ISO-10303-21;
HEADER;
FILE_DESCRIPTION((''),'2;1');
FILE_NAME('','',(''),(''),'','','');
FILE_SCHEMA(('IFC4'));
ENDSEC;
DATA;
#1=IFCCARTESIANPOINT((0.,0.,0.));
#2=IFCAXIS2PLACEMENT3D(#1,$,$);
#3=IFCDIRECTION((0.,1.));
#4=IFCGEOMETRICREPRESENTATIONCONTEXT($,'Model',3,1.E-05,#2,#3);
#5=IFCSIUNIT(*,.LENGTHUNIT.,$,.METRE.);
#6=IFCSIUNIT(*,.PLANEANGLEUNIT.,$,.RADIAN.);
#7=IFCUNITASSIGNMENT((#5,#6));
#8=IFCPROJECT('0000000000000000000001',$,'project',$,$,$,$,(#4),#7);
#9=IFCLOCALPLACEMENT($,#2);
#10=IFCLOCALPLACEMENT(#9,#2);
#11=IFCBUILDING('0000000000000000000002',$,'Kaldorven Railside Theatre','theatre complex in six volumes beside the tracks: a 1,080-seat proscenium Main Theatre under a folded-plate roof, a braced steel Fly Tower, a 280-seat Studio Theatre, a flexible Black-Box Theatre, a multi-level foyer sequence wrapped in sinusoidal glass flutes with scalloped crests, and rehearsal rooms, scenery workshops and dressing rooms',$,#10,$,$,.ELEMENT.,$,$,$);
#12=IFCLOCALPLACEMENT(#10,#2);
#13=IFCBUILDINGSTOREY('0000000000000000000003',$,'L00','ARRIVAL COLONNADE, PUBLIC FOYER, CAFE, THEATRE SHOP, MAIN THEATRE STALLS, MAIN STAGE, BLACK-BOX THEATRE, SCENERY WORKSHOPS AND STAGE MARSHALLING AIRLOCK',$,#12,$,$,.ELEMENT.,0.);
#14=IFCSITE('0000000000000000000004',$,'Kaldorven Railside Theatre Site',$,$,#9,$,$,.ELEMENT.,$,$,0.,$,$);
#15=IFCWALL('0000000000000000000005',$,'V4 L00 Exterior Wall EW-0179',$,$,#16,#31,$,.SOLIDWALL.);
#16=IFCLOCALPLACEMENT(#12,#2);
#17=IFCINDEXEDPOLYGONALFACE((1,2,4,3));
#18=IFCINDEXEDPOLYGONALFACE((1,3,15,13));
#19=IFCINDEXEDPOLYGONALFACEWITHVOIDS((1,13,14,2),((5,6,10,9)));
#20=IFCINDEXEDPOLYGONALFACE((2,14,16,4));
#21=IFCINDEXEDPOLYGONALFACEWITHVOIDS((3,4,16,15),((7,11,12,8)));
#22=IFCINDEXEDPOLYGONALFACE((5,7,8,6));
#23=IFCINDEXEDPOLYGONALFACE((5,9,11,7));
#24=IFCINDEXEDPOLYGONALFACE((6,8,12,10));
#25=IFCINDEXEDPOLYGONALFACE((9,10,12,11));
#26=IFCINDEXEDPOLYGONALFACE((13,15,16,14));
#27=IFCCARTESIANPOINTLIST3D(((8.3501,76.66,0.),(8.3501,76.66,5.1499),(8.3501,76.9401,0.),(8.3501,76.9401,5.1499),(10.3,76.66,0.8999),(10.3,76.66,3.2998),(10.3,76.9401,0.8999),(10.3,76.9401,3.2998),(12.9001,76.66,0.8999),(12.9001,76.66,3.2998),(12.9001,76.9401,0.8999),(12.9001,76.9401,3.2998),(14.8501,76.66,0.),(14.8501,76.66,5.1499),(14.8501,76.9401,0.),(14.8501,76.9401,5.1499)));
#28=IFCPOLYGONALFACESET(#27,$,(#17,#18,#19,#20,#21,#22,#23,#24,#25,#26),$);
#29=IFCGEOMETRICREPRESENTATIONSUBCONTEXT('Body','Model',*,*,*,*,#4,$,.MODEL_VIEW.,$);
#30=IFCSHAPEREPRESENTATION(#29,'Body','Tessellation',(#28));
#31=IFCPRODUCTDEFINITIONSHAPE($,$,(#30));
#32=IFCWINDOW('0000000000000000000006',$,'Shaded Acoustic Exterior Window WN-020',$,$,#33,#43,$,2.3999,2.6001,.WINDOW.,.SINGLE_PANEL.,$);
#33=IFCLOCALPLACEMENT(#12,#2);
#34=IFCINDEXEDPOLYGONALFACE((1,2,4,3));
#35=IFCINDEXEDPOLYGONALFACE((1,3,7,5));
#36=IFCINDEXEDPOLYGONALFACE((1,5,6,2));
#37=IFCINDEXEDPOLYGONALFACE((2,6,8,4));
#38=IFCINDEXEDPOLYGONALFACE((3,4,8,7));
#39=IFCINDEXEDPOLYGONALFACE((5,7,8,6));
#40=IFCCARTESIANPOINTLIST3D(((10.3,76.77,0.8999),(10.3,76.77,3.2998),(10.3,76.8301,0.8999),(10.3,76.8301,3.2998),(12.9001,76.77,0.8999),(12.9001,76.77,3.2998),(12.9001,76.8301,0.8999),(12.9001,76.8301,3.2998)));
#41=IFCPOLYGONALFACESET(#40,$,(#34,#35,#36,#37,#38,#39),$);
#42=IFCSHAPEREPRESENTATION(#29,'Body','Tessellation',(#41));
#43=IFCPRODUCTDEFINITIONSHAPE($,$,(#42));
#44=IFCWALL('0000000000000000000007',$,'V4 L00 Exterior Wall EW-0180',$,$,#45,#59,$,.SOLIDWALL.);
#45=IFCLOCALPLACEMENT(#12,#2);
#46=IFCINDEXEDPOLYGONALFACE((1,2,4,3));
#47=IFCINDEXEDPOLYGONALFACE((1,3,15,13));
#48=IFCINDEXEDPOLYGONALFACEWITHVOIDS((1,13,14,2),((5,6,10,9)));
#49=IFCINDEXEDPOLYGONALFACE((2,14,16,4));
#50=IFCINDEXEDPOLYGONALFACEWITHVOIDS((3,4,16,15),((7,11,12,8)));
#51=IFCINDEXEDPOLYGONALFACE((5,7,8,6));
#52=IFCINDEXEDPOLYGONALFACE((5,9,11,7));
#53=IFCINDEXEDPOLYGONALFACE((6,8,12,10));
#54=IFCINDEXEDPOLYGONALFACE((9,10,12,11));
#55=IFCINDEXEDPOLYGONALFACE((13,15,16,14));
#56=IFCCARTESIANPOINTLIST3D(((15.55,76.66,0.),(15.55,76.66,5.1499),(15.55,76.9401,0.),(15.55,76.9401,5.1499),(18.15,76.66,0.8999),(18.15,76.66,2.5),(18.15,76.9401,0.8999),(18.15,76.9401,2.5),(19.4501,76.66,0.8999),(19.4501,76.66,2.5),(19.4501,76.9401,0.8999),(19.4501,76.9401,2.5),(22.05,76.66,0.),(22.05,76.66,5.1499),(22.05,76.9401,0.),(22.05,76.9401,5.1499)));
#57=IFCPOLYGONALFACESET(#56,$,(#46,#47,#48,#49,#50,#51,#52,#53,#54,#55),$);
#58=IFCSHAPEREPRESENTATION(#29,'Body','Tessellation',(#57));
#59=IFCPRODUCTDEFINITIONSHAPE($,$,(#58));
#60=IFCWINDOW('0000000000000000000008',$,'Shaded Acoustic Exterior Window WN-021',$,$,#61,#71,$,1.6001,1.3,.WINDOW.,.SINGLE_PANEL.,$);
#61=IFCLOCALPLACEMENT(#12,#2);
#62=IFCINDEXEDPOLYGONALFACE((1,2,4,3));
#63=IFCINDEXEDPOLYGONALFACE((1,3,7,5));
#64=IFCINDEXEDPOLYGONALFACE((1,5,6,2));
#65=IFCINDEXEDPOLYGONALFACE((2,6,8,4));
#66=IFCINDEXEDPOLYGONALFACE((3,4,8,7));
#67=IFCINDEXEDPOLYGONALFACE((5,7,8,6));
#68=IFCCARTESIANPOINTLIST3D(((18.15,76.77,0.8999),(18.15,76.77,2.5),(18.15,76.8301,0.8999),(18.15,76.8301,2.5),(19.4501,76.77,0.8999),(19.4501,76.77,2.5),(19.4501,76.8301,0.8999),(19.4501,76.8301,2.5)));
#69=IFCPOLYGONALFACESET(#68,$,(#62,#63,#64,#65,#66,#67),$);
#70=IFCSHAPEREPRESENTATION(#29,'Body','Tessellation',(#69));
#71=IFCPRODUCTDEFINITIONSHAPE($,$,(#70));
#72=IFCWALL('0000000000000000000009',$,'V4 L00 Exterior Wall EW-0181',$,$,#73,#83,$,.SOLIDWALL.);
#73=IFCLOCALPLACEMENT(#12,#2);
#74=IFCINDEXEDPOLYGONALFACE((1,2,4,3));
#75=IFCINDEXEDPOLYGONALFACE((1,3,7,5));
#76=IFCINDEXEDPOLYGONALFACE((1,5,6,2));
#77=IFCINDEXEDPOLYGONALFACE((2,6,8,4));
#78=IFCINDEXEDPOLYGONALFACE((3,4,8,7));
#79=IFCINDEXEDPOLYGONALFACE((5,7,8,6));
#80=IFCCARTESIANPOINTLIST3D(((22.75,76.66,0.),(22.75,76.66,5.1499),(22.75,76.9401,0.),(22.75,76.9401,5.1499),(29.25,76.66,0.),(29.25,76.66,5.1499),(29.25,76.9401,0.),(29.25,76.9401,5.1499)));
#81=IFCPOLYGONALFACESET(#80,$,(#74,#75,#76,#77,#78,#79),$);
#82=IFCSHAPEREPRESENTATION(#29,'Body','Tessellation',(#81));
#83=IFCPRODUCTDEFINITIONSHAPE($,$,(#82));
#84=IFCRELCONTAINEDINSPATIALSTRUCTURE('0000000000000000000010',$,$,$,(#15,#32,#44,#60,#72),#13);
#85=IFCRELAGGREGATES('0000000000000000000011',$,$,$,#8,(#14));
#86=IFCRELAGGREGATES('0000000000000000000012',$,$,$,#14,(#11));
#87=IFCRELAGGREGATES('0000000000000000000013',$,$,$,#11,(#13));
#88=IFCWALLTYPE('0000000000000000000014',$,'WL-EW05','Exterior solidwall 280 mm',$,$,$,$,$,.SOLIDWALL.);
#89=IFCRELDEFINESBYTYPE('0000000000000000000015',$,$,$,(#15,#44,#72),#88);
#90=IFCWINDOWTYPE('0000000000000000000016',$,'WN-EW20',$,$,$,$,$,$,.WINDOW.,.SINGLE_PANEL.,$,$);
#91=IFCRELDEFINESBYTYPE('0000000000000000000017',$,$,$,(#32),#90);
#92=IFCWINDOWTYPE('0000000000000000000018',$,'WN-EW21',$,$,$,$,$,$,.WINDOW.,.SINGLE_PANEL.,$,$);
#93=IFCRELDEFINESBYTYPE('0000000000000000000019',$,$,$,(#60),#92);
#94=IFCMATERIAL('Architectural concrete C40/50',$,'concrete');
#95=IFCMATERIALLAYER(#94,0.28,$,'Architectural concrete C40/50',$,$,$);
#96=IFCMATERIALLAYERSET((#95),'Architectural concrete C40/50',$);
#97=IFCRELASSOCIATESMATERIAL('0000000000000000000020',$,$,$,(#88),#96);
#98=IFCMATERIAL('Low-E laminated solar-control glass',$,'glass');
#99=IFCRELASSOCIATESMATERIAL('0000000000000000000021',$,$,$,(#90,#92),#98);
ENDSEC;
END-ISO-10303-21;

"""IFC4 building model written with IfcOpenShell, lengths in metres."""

from ifc_helpers import new_model, si_unit, direction, frame, frame_2d, origin, place, context, subcontext, project, spatial, rectangle, extrude, material, layer, layer_set, type_object, element, fill, save


model = new_model("IFC4")

# Units and contexts
model_context = context("Model", 3, precision=1e-05, world=origin(), true_north=direction((0.0, 1.0)))
body_context = subcontext(model_context, "Body", "Model", "MODEL_VIEW")
ifc_project = project(units=[si_unit("LENGTHUNIT", "METRE"), si_unit("PLANEANGLEUNIT", "RADIAN")], contexts=[model_context])

# Site, building, storey
site_placement = place(None, origin())
site = spatial("IfcSite", under=ifc_project, at=site_placement, Name="Kaldorven Railside Theatre Site", CompositionType="ELEMENT", RefElevation=0.0)
building_placement = place(site_placement, origin())
building = spatial("IfcBuilding", under=site, at=building_placement, Name="Kaldorven Railside Theatre", Description="theatre complex in six volumes beside the tracks: a 1,080-seat proscenium Main Theatre under a folded-plate roof, a braced steel Fly Tower, a 280-seat Studio Theatre, a flexible Black-Box Theatre, a multi-level foyer sequence wrapped in sinusoidal glass flutes with scalloped crests, and rehearsal rooms, scenery workshops and dressing rooms", CompositionType="ELEMENT")
storey_placement = place(building_placement, origin())
storey = spatial("IfcBuildingStorey", under=building, at=storey_placement, Name="L00", Description="ARRIVAL COLONNADE, PUBLIC FOYER, CAFE, THEATRE SHOP, MAIN THEATRE STALLS, MAIN STAGE, BLACK-BOX THEATRE, SCENERY WORKSHOPS AND STAGE MARSHALLING AIRLOCK", CompositionType="ELEMENT", Elevation=0.0)

# Shared definitions
ifc_material_1 = material(Name="Architectural concrete C40/50", Category="concrete")
ifc_layer = layer(ifc_material_1, 0.28, Name="Architectural concrete C40/50")
ifc_layer_set = layer_set([ifc_layer], Name="Architectural concrete C40/50")
wall_type = type_object("IfcWallType", Name="WL-EW05", Description="Exterior solidwall 280 mm", PredefinedType="SOLIDWALL", material=ifc_layer_set)

# Walls, openings, windows
wall_1_placement = place(storey_placement, frame((8.3501, 76.8, 0.0), z_axis=(0.0, 0.0, 1.0), x_axis=(1.0, 0.0, 0.0)))
wall_1 = element("IfcWall", 1, at=wall_1_placement, inside=storey, type_object=wall_type, Name="V4 L00 Exterior Wall EW-0179", PredefinedType="SOLIDWALL", context=body_context, shape_type="SweptSolid", body=[
    extrude(rectangle(XDim=6.5, YDim=0.28, at=frame_2d((3.25, 0.0))), origin(), (0.0, 0.0, 1.0), 5.1499),
])
opening_1_placement = place(wall_1_placement, frame((1.95, 0.0, 0.8999)))
opening_1 = element("IfcOpeningElement", 2, at=opening_1_placement, cuts=wall_1, PredefinedType="OPENING", context=body_context, shape_type="SweptSolid", body=[
    extrude(rectangle(XDim=2.6001, YDim=2.3999, at=frame_2d((1.3, 1.2))), frame((0.0, 0.1499, 0.0), z_axis=(0.0, -1.0, 0.0), x_axis=(1.0, 0.0, 0.0)), (0.0, 0.0, 1.0), 0.3),
])
ifc_material_2 = material(Name="Low-E laminated solar-control glass", Category="glass")
window_type_1 = type_object("IfcWindowType", Name="WN-EW20", PartitioningType="SINGLE_PANEL", PredefinedType="WINDOW", material=ifc_material_2)
window_1_placement = place(opening_1_placement, origin())
window_1 = element("IfcWindow", 3, at=window_1_placement, inside=storey, type_object=window_type_1, Name="Shaded Acoustic Exterior Window WN-020", OverallHeight=2.3999, OverallWidth=2.6001, PartitioningType="SINGLE_PANEL", PredefinedType="WINDOW", context=body_context, shape_type="SweptSolid", body=[
    extrude(rectangle(XDim=2.6001, YDim=2.3999, at=frame_2d((1.3, 1.2))), frame((0.0, 0.03, 0.0), z_axis=(0.0, -1.0, 0.0), x_axis=(1.0, 0.0, 0.0)), (0.0, 0.0, 1.0), 0.0601),
])
fill(opening_1, window_1)
wall_2_placement = place(storey_placement, frame((15.55, 76.8, 0.0), z_axis=(0.0, 0.0, 1.0), x_axis=(1.0, 0.0, 0.0)))
wall_2 = element("IfcWall", 4, at=wall_2_placement, inside=storey, type_object=wall_type, Name="V4 L00 Exterior Wall EW-0180", PredefinedType="SOLIDWALL", context=body_context, shape_type="SweptSolid", body=[
    extrude(rectangle(XDim=6.5, YDim=0.28, at=frame_2d((3.25, 0.0))), origin(), (0.0, 0.0, 1.0), 5.1499),
])
opening_2_placement = place(wall_2_placement, frame((2.6001, 0.0, 0.8999)))
opening_2 = element("IfcOpeningElement", 5, at=opening_2_placement, cuts=wall_2, PredefinedType="OPENING", context=body_context, shape_type="SweptSolid", body=[
    extrude(rectangle(XDim=1.3, YDim=1.6001, at=frame_2d((0.6499, 0.8))), frame((0.0, 0.1499, 0.0), z_axis=(0.0, -1.0, 0.0), x_axis=(1.0, 0.0, 0.0)), (0.0, 0.0, 1.0), 0.3),
])
window_type_2 = type_object("IfcWindowType", Name="WN-EW21", PartitioningType="SINGLE_PANEL", PredefinedType="WINDOW", material=ifc_material_2)
window_2_placement = place(opening_2_placement, origin())
window_2 = element("IfcWindow", 6, at=window_2_placement, inside=storey, type_object=window_type_2, Name="Shaded Acoustic Exterior Window WN-021", OverallHeight=1.6001, OverallWidth=1.3, PartitioningType="SINGLE_PANEL", PredefinedType="WINDOW", context=body_context, shape_type="SweptSolid", body=[
    extrude(rectangle(XDim=1.3, YDim=1.6001, at=frame_2d((0.6499, 0.8))), frame((0.0, 0.03, 0.0), z_axis=(0.0, -1.0, 0.0), x_axis=(1.0, 0.0, 0.0)), (0.0, 0.0, 1.0), 0.0601),
])
fill(opening_2, window_2)

# Wall
wall_3_placement = place(storey_placement, frame((22.75, 76.8, 0.0), z_axis=(0.0, 0.0, 1.0), x_axis=(1.0, 0.0, 0.0)))
element("IfcWall", 7, at=wall_3_placement, inside=storey, type_object=wall_type, Name="V4 L00 Exterior Wall EW-0181", PredefinedType="SOLIDWALL", context=body_context, shape_type="SweptSolid", body=[
    extrude(rectangle(XDim=6.5, YDim=0.28, at=frame_2d((3.25, 0.0))), origin(), (0.0, 0.0, 1.0), 5.1499),
])

save(model, "model.ifc")
